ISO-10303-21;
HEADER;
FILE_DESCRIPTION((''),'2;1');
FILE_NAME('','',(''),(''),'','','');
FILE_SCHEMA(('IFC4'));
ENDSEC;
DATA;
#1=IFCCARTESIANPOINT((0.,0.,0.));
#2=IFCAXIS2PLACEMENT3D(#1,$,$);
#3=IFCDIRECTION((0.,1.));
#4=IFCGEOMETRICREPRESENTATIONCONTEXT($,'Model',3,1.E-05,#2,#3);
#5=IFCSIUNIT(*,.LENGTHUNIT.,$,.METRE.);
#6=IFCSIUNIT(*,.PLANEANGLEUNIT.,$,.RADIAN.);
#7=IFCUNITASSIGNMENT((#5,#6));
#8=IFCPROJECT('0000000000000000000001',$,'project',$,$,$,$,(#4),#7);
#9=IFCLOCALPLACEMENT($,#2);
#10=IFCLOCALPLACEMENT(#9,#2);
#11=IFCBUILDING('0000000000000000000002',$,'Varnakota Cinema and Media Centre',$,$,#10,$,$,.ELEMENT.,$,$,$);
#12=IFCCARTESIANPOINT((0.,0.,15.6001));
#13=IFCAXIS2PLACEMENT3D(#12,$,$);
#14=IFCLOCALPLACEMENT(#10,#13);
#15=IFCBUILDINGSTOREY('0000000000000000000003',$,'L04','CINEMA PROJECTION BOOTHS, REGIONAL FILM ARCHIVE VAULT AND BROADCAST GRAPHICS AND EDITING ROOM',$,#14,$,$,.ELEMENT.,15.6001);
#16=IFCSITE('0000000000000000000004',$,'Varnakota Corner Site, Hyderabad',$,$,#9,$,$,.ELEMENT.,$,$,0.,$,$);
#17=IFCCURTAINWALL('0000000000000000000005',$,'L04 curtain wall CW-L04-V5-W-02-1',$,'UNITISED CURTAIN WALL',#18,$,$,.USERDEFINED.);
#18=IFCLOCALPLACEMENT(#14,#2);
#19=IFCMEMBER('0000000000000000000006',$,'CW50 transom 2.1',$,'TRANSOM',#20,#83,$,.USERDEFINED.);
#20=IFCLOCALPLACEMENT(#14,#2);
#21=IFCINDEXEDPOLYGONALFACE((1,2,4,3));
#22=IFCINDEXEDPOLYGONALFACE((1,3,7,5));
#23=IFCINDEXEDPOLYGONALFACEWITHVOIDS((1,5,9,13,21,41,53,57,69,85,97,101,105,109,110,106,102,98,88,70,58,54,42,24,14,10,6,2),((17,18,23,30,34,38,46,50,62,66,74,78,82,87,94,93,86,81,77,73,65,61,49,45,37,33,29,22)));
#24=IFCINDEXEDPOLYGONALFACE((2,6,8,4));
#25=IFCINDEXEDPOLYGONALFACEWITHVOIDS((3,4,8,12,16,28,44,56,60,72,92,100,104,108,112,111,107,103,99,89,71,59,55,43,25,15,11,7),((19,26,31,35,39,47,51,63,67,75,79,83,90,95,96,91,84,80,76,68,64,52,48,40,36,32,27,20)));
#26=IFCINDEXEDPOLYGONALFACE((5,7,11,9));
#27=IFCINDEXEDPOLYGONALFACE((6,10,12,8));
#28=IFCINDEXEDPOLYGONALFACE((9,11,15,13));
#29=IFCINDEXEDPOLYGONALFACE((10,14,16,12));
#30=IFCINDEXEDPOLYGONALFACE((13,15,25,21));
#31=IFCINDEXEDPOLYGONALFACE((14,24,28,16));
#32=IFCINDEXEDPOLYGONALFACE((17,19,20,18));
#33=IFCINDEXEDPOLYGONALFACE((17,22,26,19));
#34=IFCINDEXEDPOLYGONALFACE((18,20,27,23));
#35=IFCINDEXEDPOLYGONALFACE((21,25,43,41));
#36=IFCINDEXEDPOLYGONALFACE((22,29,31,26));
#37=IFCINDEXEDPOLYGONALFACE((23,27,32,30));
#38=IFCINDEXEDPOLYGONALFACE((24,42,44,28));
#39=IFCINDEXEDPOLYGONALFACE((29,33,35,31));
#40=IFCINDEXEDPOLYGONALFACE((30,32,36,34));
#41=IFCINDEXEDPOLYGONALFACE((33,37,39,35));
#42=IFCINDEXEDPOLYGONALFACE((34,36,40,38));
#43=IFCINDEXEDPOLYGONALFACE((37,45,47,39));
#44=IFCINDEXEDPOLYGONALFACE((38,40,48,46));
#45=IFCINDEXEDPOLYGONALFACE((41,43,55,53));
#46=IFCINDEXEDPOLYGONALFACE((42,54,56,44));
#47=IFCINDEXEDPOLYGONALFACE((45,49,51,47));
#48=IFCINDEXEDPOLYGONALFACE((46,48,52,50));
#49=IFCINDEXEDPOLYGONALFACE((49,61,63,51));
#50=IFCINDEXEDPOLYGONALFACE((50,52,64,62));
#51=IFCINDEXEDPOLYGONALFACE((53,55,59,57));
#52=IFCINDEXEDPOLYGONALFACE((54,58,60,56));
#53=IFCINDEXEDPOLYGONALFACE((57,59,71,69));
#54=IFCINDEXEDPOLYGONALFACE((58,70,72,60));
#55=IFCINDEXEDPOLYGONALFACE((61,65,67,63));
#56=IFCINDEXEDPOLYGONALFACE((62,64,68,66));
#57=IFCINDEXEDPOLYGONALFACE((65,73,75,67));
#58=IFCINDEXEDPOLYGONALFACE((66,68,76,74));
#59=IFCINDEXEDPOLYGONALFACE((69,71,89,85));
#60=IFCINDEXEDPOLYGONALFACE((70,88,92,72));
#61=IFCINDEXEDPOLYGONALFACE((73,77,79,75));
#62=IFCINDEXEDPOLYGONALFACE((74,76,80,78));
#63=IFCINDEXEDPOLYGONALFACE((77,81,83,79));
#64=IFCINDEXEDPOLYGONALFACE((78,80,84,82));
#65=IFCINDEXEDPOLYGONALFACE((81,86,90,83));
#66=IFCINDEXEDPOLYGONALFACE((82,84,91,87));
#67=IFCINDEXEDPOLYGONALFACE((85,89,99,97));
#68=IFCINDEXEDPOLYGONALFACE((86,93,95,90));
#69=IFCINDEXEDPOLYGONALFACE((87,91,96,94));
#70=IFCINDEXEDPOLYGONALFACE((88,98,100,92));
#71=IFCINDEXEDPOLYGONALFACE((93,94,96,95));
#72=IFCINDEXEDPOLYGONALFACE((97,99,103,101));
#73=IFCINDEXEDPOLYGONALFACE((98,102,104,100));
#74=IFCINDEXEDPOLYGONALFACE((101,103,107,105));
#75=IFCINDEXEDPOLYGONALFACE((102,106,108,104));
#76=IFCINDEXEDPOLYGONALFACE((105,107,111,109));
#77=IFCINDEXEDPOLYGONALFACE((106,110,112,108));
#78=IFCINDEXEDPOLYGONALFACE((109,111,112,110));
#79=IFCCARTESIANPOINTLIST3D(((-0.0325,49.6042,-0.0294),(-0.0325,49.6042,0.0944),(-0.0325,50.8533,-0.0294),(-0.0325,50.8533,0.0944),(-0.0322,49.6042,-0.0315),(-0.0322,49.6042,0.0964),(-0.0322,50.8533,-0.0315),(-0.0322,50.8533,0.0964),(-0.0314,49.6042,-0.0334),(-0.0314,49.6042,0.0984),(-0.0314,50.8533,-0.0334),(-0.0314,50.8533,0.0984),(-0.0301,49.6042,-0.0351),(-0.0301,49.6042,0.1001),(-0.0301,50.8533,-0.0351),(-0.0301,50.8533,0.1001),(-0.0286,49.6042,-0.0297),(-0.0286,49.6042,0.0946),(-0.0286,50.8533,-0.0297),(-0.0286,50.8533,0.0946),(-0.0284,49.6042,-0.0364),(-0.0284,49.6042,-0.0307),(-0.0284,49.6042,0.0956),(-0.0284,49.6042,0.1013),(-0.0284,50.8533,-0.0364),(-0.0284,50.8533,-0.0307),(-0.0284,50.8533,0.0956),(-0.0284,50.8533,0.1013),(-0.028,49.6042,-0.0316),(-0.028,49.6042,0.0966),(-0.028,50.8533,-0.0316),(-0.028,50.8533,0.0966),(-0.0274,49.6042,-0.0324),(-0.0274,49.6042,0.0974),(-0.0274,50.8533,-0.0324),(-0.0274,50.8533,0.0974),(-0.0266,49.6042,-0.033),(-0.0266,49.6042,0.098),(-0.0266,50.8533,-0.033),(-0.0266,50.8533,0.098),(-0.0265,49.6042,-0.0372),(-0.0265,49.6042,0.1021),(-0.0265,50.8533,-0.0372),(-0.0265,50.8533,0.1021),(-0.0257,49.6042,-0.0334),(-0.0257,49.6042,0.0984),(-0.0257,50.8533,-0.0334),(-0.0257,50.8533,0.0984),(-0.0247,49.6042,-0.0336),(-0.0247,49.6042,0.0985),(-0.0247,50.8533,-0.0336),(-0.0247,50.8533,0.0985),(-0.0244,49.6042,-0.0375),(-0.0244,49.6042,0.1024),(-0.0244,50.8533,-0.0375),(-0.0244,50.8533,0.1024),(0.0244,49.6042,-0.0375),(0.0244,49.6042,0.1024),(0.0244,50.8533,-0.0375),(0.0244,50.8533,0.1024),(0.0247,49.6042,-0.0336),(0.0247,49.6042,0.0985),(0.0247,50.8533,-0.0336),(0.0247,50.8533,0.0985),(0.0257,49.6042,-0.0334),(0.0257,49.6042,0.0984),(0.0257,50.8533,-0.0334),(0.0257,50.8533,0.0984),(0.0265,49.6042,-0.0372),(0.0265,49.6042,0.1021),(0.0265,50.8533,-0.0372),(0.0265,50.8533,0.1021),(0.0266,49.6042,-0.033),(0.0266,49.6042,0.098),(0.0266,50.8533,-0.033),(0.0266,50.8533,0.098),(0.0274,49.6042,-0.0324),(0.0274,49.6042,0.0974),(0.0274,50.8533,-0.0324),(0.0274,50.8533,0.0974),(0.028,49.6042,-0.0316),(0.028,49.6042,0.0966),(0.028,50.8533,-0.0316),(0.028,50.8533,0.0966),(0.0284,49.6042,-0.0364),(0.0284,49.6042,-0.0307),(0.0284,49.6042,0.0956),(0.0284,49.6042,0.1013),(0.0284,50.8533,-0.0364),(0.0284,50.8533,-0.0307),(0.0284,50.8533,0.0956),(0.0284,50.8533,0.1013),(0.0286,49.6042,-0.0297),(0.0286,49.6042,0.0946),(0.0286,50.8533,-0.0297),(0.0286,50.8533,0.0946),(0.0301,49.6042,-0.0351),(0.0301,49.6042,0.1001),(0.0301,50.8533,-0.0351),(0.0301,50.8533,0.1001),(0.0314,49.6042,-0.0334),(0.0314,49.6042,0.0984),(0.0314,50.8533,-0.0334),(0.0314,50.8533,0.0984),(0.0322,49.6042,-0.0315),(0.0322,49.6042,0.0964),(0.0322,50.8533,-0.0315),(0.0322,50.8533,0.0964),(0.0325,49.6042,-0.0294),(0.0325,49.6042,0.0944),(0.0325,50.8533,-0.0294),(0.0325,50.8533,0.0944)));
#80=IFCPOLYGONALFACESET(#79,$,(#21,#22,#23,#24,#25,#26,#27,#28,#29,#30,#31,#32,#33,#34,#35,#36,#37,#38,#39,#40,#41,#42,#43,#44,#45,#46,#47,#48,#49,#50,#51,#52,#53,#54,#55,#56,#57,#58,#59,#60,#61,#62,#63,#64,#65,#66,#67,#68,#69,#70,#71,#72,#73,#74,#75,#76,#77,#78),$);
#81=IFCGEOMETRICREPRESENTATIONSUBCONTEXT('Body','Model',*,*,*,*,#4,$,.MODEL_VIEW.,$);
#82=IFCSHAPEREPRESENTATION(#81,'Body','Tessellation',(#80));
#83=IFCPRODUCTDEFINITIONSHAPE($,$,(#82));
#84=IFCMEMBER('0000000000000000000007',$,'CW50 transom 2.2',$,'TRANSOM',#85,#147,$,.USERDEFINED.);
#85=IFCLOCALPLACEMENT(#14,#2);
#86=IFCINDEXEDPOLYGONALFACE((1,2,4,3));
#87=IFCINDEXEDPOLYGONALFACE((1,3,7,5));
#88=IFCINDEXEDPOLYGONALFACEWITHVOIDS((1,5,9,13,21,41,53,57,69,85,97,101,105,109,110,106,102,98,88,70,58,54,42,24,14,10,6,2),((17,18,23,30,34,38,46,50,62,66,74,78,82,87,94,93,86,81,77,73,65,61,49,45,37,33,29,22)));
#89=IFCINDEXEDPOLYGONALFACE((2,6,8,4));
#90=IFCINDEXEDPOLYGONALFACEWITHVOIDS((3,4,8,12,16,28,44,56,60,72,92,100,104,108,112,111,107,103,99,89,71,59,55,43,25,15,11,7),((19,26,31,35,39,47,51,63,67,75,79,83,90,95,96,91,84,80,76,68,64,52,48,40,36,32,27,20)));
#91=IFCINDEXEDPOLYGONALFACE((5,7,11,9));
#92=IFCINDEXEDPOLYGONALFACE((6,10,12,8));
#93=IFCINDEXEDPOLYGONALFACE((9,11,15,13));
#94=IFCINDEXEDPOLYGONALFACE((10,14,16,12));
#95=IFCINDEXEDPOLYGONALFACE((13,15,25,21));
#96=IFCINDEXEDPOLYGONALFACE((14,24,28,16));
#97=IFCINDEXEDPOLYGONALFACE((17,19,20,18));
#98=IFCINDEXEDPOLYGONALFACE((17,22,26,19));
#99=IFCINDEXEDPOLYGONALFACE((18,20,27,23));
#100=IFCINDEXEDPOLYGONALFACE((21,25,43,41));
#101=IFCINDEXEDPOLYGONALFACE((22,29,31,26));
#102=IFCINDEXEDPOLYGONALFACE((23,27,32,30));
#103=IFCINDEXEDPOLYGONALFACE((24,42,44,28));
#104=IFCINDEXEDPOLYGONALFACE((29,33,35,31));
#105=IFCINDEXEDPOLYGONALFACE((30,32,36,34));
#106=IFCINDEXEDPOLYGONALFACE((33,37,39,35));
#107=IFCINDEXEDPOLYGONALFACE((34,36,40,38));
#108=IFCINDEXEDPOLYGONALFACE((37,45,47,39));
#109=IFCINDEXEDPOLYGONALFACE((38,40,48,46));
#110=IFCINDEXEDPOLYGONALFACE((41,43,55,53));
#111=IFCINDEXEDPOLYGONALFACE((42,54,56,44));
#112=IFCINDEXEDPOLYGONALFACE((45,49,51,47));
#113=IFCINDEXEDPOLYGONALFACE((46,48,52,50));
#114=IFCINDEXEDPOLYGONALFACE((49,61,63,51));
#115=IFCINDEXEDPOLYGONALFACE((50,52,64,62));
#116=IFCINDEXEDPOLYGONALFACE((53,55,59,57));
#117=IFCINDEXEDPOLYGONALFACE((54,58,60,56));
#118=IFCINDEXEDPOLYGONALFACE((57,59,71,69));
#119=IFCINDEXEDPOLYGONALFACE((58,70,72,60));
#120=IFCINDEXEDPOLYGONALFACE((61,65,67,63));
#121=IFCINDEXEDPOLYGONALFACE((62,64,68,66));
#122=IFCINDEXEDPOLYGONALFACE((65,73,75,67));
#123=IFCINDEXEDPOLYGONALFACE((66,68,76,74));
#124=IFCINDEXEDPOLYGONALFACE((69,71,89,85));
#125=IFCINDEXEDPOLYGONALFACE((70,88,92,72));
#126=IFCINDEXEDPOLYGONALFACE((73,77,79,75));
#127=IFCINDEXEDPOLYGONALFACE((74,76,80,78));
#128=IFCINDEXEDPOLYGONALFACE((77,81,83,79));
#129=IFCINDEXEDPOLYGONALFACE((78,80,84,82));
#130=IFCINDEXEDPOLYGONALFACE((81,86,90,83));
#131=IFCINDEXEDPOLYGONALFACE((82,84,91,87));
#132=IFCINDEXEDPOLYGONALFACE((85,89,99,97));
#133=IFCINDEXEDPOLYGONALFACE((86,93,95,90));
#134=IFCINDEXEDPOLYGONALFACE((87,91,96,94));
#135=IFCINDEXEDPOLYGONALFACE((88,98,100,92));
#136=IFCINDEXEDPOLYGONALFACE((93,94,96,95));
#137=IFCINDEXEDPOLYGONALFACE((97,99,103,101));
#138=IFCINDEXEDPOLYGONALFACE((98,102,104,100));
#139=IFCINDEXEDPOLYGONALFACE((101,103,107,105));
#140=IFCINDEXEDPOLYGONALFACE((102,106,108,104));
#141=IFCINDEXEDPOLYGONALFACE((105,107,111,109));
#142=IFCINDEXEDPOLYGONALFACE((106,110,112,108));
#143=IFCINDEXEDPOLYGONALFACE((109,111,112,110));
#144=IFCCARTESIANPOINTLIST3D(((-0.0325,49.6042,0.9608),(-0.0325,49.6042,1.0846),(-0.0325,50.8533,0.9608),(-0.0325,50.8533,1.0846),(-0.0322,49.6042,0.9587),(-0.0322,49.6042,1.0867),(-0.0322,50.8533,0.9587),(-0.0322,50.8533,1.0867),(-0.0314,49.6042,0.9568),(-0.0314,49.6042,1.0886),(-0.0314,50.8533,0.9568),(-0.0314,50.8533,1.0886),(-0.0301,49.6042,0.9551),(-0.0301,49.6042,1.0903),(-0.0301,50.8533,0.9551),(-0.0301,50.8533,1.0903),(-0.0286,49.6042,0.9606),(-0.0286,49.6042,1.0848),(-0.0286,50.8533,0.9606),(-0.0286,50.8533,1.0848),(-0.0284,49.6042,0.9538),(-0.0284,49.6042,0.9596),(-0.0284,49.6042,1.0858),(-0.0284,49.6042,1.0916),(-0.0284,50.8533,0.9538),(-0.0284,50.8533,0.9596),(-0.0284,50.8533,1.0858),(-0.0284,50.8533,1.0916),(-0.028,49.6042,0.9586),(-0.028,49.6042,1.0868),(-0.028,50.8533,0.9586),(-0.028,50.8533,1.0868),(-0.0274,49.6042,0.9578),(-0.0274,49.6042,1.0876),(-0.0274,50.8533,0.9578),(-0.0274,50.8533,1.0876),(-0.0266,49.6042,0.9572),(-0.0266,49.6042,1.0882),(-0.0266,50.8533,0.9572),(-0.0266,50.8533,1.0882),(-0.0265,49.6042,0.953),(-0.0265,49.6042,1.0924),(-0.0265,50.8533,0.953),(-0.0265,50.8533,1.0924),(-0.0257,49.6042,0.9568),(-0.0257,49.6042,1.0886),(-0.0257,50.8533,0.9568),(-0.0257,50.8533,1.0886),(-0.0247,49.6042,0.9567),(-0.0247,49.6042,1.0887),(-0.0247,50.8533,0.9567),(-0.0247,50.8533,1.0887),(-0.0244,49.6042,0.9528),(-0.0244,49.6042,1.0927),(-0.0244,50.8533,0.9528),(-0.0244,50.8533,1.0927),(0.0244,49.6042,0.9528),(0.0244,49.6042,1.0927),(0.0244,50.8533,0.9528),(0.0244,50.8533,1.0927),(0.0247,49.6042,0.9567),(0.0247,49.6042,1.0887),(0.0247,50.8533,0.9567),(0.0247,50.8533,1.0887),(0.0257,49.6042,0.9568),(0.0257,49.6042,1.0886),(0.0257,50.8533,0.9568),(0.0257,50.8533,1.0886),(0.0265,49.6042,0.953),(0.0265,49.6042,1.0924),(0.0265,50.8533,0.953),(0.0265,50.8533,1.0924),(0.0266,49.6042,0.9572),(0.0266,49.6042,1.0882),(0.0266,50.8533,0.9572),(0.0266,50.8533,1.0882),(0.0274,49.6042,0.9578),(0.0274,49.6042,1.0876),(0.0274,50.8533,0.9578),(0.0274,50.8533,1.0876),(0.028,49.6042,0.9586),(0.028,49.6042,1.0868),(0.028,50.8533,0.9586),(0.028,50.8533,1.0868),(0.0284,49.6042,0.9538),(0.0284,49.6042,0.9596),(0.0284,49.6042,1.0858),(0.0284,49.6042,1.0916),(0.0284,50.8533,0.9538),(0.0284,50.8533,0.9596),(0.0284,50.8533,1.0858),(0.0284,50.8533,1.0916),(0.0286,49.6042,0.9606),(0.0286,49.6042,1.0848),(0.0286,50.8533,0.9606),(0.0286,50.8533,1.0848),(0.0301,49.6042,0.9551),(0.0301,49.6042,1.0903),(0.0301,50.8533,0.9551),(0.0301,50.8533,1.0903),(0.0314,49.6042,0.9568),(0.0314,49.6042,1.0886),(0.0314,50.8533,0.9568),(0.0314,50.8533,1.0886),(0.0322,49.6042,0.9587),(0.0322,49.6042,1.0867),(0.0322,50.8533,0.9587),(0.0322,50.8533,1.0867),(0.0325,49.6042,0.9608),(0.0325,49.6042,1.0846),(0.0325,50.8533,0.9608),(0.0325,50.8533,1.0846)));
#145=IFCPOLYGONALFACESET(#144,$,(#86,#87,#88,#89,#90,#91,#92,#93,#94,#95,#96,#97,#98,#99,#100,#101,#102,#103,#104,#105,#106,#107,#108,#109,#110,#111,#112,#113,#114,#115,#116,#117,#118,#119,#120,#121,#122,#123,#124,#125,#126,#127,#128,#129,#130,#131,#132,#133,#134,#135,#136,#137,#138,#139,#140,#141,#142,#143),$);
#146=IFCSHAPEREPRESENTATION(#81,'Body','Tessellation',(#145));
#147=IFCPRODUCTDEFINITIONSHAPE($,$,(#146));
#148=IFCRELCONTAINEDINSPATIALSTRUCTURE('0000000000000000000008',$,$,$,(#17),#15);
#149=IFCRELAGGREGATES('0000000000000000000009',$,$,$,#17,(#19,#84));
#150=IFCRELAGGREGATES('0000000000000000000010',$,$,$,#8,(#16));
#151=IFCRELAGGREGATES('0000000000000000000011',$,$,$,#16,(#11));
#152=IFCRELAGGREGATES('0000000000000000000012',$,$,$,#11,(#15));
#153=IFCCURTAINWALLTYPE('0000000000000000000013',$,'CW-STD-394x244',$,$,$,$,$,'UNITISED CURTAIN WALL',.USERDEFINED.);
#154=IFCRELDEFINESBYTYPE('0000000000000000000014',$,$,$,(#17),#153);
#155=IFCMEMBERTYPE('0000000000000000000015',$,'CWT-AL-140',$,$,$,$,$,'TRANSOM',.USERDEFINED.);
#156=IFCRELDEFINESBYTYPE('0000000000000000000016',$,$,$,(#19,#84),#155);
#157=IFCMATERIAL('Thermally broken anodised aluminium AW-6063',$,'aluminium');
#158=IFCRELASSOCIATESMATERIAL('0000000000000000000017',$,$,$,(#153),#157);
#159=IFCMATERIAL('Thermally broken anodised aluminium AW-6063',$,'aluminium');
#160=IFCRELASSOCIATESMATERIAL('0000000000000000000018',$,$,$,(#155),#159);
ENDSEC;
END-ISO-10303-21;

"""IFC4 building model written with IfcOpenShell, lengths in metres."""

from ifc_helpers import new_model, si_unit, direction, frame, origin, origin_2d, place, context, subcontext, project, spatial, hollow_rectangle, extrude, material, material_profile, profile_set, type_object, element, aggregate, save


model = new_model("IFC4")

# Units and contexts
model_context = context("Model", 3, precision=1e-05, world=origin(), true_north=direction((0.0, 1.0)))
body_context = subcontext(model_context, "Body", "Model", "MODEL_VIEW")
ifc_project = project(units=[si_unit("LENGTHUNIT", "METRE"), si_unit("PLANEANGLEUNIT", "RADIAN")], contexts=[model_context])

# Site, building, storey
site_placement = place(None, origin())
site = spatial("IfcSite", under=ifc_project, at=site_placement, Name="Varnakota Corner Site, Hyderabad", CompositionType="ELEMENT", RefElevation=0.0)
building_placement = place(site_placement, origin())
building = spatial("IfcBuilding", under=site, at=building_placement, Name="Varnakota Cinema and Media Centre", CompositionType="ELEMENT")
storey_placement = place(building_placement, frame((0.0, 0.0, 15.6001)))
storey = spatial("IfcBuildingStorey", under=building, at=storey_placement, Name="L04", Description="CINEMA PROJECTION BOOTHS, REGIONAL FILM ARCHIVE VAULT AND BROADCAST GRAPHICS AND EDITING ROOM", CompositionType="ELEMENT", Elevation=15.6001)

# Curtain wall
ifc_material_1 = material(Name="Thermally broken anodised aluminium AW-6063", Category="aluminium")
curtain_wall_type = type_object("IfcCurtainWallType", Name="CW-STD-394x244", ElementType="UNITISED CURTAIN WALL", PredefinedType="USERDEFINED", material=ifc_material_1)
curtain_wall_1_placement = place(storey_placement, origin())
curtain_wall_1 = element("IfcCurtainWall", 1, at=curtain_wall_1_placement, inside=storey, type_object=curtain_wall_type, Name="L04 curtain wall CW-L04-V5-W-02-1", ObjectType="UNITISED CURTAIN WALL", PredefinedType="USERDEFINED")

# Members
ifc_material_2 = material(Name="Thermally broken anodised aluminium AW-6063", Category="aluminium")
ifc_material_profile_1 = material_profile(ifc_material_2, hollow_rectangle(XDim=0.0649, YDim=0.1399, WallThickness=0.0039, InnerFilletRadius=0.0039, OuterFilletRadius=0.0081, at=origin_2d()), Name="AL-TRANSOM 140x65x4")
ifc_profile_set_1 = profile_set([ifc_material_profile_1], Name="Thermally broken anodised aluminium AW-6063")
member_type_1 = type_object("IfcMemberType", Name="CWT-AL-140", ElementType="TRANSOM", PredefinedType="USERDEFINED", material=ifc_profile_set_1)
member_1_placement = place(storey_placement, frame((0.0, 50.8533, 0.0325), z_axis=(0.0, -1.0, 0.0), x_axis=(1.0, 0.0, 0.0)))
member_1 = element("IfcMember", 2, at=member_1_placement, type_object=member_type_1, Name="CW50 transom 2.1", ObjectType="TRANSOM", PredefinedType="USERDEFINED", context=body_context, shape_type="SweptSolid", body=[
    extrude(hollow_rectangle(XDim=0.0649, YDim=0.1399, WallThickness=0.0039, InnerFilletRadius=0.0039, OuterFilletRadius=0.0081, at=origin_2d()), origin(), (0.0, 0.0, 1.0), 1.249),
])
member_2_placement = place(storey_placement, frame((0.0, 50.8533, 1.0227), z_axis=(0.0, -1.0, 0.0), x_axis=(1.0, 0.0, 0.0)))
member_2 = element("IfcMember", 3, at=member_2_placement, type_object=member_type_1, Name="CW50 transom 2.2", ObjectType="TRANSOM", PredefinedType="USERDEFINED", context=body_context, shape_type="SweptSolid", body=[
    extrude(hollow_rectangle(XDim=0.0649, YDim=0.1399, WallThickness=0.0039, InnerFilletRadius=0.0039, OuterFilletRadius=0.0081, at=origin_2d()), origin(), (0.0, 0.0, 1.0), 1.249),
])

aggregate(curtain_wall_1, [member_1, member_2])

save(model, "model.ifc")
